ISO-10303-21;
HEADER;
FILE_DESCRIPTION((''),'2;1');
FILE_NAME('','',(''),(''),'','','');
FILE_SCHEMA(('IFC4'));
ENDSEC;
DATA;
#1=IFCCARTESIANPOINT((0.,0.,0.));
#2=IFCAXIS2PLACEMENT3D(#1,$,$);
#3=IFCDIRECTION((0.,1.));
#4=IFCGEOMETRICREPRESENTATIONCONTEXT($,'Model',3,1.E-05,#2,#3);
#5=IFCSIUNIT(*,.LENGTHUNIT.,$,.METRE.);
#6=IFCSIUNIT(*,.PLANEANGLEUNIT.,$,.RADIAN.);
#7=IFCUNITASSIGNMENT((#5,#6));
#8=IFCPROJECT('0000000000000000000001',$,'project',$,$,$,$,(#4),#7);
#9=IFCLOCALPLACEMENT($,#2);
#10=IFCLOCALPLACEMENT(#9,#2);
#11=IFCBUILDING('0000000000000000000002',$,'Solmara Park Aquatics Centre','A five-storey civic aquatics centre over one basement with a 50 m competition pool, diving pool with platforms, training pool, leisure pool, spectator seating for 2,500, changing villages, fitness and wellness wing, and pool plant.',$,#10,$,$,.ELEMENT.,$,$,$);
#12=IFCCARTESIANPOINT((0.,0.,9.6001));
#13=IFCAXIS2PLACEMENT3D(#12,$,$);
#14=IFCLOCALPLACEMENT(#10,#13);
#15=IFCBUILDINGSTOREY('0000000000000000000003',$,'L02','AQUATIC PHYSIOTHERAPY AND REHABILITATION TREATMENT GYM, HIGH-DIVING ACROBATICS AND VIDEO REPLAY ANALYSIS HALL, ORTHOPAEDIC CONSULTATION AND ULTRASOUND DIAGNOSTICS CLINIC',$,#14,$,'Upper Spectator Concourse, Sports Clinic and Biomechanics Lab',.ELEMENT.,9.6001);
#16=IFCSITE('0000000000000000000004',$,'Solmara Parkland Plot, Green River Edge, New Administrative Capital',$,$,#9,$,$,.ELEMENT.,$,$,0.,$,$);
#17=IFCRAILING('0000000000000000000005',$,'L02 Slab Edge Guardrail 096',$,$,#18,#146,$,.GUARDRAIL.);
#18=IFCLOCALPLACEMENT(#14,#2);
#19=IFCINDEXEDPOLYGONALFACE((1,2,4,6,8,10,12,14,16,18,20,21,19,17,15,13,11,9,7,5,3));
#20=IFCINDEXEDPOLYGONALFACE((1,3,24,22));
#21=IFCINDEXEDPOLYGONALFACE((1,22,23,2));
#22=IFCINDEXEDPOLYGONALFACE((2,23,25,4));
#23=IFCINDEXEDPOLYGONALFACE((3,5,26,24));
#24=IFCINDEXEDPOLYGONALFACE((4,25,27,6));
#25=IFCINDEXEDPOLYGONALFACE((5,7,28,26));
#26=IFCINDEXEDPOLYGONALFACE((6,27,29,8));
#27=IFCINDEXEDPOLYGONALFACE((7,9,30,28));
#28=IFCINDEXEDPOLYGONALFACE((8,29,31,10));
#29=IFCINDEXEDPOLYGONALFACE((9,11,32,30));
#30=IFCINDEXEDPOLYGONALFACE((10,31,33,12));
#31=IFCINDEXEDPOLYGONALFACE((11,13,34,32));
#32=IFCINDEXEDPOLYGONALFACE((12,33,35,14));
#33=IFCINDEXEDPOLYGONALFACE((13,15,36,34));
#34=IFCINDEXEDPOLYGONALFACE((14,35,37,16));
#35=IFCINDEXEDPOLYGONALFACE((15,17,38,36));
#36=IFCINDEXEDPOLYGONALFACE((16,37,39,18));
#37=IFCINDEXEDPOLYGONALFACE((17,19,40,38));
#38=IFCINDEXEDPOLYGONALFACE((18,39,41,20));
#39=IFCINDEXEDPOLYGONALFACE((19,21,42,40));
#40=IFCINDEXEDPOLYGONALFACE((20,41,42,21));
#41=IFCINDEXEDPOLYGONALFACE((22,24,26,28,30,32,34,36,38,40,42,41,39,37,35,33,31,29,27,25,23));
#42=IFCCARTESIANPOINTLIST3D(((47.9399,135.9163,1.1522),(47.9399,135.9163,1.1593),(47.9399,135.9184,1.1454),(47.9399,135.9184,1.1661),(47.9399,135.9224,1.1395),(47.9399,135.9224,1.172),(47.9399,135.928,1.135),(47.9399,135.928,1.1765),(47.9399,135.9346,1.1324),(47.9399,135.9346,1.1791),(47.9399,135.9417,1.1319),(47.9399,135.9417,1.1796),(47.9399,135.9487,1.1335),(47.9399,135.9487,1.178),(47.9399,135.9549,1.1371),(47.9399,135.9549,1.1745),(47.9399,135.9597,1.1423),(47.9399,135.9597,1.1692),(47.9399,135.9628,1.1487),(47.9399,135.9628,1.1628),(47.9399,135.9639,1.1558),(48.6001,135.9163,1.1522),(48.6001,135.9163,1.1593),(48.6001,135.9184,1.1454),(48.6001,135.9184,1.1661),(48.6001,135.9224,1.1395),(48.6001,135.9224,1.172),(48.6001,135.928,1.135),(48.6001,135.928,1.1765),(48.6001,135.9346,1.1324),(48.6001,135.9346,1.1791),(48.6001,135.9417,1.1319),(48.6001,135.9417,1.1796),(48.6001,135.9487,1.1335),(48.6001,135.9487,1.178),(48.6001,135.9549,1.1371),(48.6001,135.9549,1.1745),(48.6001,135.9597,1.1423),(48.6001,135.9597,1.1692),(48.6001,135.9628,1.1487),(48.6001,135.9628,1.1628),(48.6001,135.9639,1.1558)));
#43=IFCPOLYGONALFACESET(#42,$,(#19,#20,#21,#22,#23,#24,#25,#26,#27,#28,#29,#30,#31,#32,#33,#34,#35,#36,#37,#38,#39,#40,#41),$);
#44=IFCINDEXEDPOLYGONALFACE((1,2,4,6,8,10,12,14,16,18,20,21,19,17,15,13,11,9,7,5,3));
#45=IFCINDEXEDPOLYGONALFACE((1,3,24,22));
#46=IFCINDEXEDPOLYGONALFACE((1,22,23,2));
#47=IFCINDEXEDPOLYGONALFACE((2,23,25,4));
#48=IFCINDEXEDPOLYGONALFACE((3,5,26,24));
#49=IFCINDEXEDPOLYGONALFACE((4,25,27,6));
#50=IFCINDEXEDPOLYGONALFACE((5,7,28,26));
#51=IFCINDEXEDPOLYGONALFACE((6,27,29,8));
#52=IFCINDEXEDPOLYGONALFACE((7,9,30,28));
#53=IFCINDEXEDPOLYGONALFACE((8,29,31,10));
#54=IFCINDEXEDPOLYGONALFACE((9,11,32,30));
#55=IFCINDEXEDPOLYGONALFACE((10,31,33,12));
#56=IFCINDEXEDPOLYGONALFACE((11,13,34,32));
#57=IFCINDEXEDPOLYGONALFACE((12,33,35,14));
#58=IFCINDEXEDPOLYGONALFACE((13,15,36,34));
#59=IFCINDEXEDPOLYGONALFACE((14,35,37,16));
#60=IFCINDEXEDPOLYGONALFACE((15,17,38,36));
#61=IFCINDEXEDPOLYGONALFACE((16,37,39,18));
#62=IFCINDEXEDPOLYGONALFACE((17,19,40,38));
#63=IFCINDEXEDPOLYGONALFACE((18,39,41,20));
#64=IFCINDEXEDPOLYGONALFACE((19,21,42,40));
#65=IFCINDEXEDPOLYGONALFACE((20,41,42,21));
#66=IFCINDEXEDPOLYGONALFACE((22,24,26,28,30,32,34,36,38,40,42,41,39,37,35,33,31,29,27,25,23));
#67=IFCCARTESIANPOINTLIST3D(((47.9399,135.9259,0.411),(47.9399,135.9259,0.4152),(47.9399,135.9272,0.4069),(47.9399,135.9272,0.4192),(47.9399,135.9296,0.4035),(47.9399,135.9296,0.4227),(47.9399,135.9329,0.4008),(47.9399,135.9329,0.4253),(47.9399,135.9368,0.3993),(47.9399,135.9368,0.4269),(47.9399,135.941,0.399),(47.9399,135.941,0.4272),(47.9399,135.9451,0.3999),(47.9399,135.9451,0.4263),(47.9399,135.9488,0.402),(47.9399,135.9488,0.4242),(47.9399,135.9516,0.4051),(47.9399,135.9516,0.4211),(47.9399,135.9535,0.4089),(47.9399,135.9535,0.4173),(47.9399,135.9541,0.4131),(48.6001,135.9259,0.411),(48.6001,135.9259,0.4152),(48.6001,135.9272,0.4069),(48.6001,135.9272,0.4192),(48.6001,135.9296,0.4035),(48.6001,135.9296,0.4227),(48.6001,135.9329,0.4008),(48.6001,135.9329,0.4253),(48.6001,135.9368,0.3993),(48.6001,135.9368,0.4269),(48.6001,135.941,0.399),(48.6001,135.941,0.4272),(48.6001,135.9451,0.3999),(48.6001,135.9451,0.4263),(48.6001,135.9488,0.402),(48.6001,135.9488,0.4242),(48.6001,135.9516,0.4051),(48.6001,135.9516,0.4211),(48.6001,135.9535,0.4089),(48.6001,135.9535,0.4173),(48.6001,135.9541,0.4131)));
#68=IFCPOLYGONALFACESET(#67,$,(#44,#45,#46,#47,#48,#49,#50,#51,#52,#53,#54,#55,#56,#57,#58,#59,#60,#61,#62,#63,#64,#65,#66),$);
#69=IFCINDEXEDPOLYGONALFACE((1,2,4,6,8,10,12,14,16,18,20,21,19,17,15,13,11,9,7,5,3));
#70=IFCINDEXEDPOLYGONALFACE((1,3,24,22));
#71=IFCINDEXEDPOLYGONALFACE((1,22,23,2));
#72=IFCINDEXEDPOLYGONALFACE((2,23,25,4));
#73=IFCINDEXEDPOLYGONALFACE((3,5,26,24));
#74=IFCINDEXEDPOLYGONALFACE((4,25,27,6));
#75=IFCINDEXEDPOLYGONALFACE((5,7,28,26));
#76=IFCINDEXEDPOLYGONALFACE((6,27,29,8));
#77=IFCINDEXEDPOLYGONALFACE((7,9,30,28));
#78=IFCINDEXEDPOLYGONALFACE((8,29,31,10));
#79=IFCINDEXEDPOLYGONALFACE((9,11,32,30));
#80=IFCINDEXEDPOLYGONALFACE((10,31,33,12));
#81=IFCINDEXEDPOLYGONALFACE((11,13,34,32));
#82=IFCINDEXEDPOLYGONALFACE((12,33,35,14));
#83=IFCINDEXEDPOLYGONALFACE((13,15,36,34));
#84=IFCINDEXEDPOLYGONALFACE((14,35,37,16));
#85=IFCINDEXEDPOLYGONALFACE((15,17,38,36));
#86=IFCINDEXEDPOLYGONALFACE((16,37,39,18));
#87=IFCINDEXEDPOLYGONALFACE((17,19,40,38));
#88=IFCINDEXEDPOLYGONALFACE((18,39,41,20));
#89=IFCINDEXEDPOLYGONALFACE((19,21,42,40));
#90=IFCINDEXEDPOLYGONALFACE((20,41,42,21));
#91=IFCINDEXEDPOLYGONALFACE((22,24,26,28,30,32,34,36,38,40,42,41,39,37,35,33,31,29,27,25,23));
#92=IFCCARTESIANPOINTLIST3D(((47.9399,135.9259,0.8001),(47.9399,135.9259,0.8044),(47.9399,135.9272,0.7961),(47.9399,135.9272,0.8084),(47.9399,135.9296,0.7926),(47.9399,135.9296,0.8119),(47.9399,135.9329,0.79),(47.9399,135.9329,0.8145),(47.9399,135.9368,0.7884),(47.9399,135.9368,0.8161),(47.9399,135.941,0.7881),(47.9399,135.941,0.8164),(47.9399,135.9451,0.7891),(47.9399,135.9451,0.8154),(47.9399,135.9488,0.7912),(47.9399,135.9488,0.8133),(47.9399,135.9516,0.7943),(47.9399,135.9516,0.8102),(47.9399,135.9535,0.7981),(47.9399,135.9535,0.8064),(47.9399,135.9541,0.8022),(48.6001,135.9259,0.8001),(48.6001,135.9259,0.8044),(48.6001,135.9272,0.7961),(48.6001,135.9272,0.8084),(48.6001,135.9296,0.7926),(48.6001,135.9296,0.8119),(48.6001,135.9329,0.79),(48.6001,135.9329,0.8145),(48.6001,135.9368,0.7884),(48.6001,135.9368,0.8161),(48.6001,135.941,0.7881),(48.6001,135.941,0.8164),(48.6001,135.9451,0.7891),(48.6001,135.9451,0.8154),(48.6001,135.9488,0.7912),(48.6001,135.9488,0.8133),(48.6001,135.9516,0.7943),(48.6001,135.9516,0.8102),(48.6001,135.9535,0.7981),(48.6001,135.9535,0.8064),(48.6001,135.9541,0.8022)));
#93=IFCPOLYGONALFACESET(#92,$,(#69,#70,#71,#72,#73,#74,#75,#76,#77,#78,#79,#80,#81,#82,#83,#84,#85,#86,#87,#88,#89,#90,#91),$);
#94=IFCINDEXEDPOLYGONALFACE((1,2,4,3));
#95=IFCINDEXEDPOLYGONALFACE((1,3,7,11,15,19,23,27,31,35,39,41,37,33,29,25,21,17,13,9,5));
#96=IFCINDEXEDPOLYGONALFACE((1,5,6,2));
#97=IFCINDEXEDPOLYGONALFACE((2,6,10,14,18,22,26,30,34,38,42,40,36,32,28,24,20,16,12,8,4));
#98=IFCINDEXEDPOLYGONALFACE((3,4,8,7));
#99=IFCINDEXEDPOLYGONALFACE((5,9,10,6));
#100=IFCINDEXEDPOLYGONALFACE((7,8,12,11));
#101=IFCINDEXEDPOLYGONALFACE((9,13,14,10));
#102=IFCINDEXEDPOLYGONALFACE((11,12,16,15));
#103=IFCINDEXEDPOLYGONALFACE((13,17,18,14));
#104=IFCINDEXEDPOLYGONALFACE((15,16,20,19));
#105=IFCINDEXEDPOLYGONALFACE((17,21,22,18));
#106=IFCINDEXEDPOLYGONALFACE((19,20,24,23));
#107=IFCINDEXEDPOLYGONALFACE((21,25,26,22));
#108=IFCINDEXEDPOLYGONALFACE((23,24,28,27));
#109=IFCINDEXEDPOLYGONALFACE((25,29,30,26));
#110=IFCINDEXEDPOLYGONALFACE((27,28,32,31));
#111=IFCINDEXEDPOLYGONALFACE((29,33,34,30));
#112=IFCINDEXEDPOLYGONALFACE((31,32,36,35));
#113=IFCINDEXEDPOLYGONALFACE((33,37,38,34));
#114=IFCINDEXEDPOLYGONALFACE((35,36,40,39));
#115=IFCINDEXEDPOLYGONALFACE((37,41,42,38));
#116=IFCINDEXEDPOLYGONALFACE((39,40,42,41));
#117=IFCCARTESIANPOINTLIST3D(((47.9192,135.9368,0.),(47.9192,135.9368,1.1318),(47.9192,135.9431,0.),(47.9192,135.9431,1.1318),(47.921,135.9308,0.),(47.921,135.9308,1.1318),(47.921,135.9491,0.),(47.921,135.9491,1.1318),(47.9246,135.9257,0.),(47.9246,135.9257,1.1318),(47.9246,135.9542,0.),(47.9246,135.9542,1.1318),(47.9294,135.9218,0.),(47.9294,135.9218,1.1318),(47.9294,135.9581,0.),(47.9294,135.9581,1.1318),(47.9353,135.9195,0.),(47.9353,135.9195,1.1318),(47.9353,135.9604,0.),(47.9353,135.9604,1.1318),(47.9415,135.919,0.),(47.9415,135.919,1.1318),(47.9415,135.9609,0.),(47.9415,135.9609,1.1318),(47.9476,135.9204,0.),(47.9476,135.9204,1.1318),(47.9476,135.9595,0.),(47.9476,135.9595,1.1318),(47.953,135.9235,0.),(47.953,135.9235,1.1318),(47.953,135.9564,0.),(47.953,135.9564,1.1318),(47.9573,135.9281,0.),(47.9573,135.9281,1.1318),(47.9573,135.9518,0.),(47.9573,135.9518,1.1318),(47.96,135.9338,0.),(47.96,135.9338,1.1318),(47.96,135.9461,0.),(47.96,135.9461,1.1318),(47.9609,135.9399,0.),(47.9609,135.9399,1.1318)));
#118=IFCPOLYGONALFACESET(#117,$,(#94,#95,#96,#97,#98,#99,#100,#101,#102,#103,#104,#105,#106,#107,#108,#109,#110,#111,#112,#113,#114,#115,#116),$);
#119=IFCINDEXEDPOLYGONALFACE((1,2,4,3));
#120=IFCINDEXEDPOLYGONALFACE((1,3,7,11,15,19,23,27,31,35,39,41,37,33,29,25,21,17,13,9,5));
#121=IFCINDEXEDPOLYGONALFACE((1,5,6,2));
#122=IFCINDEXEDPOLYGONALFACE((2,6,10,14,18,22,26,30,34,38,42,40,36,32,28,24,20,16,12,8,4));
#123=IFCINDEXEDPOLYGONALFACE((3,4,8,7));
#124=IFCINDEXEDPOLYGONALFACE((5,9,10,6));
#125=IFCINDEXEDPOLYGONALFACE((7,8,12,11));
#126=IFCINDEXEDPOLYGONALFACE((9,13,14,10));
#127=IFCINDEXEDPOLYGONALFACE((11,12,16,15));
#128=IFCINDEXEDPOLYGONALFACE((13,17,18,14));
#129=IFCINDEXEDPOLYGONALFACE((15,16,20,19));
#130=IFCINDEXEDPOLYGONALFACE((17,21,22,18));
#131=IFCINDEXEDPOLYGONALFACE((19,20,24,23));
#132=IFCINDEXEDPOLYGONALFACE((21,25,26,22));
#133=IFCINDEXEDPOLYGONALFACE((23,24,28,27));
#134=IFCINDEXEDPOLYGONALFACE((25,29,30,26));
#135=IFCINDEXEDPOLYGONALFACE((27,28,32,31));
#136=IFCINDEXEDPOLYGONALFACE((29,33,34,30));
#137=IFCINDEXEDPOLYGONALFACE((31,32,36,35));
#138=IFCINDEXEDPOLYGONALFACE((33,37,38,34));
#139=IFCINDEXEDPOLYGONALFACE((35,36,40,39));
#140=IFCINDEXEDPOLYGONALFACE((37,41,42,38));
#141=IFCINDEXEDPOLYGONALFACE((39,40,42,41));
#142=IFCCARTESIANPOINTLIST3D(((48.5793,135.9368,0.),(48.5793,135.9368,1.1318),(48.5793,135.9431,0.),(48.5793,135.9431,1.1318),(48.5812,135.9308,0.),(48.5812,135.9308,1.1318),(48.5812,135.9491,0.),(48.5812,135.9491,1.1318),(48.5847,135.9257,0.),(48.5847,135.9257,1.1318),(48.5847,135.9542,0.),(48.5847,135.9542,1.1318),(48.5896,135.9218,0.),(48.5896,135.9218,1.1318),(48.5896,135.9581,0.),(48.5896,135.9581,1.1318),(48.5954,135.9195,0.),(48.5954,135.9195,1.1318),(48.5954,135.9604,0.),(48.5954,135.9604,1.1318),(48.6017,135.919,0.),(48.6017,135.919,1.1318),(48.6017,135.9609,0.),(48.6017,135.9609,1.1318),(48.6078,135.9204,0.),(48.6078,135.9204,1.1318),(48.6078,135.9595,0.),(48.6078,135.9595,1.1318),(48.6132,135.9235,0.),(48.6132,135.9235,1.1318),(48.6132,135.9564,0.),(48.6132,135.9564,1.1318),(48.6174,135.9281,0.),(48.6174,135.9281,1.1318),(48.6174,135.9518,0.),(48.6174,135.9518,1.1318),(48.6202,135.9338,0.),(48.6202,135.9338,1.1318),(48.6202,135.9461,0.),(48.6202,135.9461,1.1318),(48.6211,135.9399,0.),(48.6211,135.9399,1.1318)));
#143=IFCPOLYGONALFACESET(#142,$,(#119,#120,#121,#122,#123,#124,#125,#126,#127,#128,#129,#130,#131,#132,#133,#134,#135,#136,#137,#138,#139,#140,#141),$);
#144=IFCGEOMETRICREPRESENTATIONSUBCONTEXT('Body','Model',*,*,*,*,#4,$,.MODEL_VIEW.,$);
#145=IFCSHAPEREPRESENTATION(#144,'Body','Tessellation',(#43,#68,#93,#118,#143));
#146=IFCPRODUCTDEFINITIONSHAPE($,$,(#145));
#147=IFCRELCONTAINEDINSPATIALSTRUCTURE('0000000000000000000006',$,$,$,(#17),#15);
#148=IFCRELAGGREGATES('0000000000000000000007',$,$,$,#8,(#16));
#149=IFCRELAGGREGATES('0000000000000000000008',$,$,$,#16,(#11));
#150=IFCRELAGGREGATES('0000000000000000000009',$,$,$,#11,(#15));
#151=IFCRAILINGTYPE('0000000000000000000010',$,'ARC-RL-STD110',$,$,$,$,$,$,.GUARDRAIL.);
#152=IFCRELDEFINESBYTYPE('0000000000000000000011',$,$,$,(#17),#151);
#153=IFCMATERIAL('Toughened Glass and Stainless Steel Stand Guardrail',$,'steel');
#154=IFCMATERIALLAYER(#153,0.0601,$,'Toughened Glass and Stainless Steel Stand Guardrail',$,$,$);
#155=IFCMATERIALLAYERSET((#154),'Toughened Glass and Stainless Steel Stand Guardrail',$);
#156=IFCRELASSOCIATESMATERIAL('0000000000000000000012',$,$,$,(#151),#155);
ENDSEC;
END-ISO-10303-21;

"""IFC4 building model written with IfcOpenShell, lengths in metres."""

from ifc_helpers import new_model, si_unit, direction, frame, origin, origin_2d, place, context, subcontext, project, spatial, circle, extrude, material, layer, layer_set, type_object, element, save


model = new_model("IFC4")

# Units and contexts
model_context = context("Model", 3, precision=1e-05, world=origin(), true_north=direction((0.0, 1.0)))
body_context = subcontext(model_context, "Body", "Model", "MODEL_VIEW")
ifc_project = project(units=[si_unit("LENGTHUNIT", "METRE"), si_unit("PLANEANGLEUNIT", "RADIAN")], contexts=[model_context])

# Site, building, storey
site_placement = place(None, origin())
site = spatial("IfcSite", under=ifc_project, at=site_placement, Name="Solmara Parkland Plot, Green River Edge, New Administrative Capital", CompositionType="ELEMENT", RefElevation=0.0)
building_placement = place(site_placement, origin())
building = spatial("IfcBuilding", under=site, at=building_placement, Name="Solmara Park Aquatics Centre", Description="A five-storey civic aquatics centre over one basement with a 50 m competition pool, diving pool with platforms, training pool, leisure pool, spectator seating for 2,500, changing villages, fitness and wellness wing, and pool plant.", CompositionType="ELEMENT")
storey_placement = place(building_placement, frame((0.0, 0.0, 9.6001)))
storey = spatial("IfcBuildingStorey", under=building, at=storey_placement, Name="L02", Description="AQUATIC PHYSIOTHERAPY AND REHABILITATION TREATMENT GYM, HIGH-DIVING ACROBATICS AND VIDEO REPLAY ANALYSIS HALL, ORTHOPAEDIC CONSULTATION AND ULTRASOUND DIAGNOSTICS CLINIC", LongName="Upper Spectator Concourse, Sports Clinic and Biomechanics Lab", CompositionType="ELEMENT", Elevation=9.6001)

# Railing
ifc_material_1 = material(Name="Toughened Glass and Stainless Steel Stand Guardrail", Category="steel")
ifc_layer_1 = layer(ifc_material_1, 0.0601, Name="Toughened Glass and Stainless Steel Stand Guardrail")
ifc_layer_set_1 = layer_set([ifc_layer_1], Name="Toughened Glass and Stainless Steel Stand Guardrail")
railing_type = type_object("IfcRailingType", Name="ARC-RL-STD110", PredefinedType="GUARDRAIL", material=ifc_layer_set_1)
railing_1_placement = place(storey_placement, frame((47.9399, 135.9399, 0.0)))
element("IfcRailing", 1, at=railing_1_placement, inside=storey, type_object=railing_type, Name="L02 Slab Edge Guardrail 096", PredefinedType="GUARDRAIL", context=body_context, shape_type="SweptSolid", body=[
    extrude(circle(Radius=0.0239, at=origin_2d()), frame((0.0, 0.0, 1.1558), z_axis=(1.0, 0.0, 0.0), x_axis=(0.0, 1.0, 0.0)), (0.0, 0.0, 1.0), 0.6602),
    extrude(circle(Radius=0.0142, at=origin_2d()), frame((0.0, 0.0, 0.4131), z_axis=(1.0, 0.0, 0.0), x_axis=(0.0, 1.0, 0.0)), (0.0, 0.0, 1.0), 0.6602),
    extrude(circle(Radius=0.0142, at=origin_2d()), frame((0.0, 0.0, 0.8022), z_axis=(1.0, 0.0, 0.0), x_axis=(0.0, 1.0, 0.0)), (0.0, 0.0, 1.0), 0.6602),
    extrude(circle(Radius=0.021, at=origin_2d()), origin(), (0.0, 0.0, 1.0), 1.1318),
    extrude(circle(Radius=0.021, at=origin_2d()), frame((0.6602, 0.0, 0.0)), (0.0, 0.0, 1.0), 1.1318),
])

save(model, "model.ifc")
